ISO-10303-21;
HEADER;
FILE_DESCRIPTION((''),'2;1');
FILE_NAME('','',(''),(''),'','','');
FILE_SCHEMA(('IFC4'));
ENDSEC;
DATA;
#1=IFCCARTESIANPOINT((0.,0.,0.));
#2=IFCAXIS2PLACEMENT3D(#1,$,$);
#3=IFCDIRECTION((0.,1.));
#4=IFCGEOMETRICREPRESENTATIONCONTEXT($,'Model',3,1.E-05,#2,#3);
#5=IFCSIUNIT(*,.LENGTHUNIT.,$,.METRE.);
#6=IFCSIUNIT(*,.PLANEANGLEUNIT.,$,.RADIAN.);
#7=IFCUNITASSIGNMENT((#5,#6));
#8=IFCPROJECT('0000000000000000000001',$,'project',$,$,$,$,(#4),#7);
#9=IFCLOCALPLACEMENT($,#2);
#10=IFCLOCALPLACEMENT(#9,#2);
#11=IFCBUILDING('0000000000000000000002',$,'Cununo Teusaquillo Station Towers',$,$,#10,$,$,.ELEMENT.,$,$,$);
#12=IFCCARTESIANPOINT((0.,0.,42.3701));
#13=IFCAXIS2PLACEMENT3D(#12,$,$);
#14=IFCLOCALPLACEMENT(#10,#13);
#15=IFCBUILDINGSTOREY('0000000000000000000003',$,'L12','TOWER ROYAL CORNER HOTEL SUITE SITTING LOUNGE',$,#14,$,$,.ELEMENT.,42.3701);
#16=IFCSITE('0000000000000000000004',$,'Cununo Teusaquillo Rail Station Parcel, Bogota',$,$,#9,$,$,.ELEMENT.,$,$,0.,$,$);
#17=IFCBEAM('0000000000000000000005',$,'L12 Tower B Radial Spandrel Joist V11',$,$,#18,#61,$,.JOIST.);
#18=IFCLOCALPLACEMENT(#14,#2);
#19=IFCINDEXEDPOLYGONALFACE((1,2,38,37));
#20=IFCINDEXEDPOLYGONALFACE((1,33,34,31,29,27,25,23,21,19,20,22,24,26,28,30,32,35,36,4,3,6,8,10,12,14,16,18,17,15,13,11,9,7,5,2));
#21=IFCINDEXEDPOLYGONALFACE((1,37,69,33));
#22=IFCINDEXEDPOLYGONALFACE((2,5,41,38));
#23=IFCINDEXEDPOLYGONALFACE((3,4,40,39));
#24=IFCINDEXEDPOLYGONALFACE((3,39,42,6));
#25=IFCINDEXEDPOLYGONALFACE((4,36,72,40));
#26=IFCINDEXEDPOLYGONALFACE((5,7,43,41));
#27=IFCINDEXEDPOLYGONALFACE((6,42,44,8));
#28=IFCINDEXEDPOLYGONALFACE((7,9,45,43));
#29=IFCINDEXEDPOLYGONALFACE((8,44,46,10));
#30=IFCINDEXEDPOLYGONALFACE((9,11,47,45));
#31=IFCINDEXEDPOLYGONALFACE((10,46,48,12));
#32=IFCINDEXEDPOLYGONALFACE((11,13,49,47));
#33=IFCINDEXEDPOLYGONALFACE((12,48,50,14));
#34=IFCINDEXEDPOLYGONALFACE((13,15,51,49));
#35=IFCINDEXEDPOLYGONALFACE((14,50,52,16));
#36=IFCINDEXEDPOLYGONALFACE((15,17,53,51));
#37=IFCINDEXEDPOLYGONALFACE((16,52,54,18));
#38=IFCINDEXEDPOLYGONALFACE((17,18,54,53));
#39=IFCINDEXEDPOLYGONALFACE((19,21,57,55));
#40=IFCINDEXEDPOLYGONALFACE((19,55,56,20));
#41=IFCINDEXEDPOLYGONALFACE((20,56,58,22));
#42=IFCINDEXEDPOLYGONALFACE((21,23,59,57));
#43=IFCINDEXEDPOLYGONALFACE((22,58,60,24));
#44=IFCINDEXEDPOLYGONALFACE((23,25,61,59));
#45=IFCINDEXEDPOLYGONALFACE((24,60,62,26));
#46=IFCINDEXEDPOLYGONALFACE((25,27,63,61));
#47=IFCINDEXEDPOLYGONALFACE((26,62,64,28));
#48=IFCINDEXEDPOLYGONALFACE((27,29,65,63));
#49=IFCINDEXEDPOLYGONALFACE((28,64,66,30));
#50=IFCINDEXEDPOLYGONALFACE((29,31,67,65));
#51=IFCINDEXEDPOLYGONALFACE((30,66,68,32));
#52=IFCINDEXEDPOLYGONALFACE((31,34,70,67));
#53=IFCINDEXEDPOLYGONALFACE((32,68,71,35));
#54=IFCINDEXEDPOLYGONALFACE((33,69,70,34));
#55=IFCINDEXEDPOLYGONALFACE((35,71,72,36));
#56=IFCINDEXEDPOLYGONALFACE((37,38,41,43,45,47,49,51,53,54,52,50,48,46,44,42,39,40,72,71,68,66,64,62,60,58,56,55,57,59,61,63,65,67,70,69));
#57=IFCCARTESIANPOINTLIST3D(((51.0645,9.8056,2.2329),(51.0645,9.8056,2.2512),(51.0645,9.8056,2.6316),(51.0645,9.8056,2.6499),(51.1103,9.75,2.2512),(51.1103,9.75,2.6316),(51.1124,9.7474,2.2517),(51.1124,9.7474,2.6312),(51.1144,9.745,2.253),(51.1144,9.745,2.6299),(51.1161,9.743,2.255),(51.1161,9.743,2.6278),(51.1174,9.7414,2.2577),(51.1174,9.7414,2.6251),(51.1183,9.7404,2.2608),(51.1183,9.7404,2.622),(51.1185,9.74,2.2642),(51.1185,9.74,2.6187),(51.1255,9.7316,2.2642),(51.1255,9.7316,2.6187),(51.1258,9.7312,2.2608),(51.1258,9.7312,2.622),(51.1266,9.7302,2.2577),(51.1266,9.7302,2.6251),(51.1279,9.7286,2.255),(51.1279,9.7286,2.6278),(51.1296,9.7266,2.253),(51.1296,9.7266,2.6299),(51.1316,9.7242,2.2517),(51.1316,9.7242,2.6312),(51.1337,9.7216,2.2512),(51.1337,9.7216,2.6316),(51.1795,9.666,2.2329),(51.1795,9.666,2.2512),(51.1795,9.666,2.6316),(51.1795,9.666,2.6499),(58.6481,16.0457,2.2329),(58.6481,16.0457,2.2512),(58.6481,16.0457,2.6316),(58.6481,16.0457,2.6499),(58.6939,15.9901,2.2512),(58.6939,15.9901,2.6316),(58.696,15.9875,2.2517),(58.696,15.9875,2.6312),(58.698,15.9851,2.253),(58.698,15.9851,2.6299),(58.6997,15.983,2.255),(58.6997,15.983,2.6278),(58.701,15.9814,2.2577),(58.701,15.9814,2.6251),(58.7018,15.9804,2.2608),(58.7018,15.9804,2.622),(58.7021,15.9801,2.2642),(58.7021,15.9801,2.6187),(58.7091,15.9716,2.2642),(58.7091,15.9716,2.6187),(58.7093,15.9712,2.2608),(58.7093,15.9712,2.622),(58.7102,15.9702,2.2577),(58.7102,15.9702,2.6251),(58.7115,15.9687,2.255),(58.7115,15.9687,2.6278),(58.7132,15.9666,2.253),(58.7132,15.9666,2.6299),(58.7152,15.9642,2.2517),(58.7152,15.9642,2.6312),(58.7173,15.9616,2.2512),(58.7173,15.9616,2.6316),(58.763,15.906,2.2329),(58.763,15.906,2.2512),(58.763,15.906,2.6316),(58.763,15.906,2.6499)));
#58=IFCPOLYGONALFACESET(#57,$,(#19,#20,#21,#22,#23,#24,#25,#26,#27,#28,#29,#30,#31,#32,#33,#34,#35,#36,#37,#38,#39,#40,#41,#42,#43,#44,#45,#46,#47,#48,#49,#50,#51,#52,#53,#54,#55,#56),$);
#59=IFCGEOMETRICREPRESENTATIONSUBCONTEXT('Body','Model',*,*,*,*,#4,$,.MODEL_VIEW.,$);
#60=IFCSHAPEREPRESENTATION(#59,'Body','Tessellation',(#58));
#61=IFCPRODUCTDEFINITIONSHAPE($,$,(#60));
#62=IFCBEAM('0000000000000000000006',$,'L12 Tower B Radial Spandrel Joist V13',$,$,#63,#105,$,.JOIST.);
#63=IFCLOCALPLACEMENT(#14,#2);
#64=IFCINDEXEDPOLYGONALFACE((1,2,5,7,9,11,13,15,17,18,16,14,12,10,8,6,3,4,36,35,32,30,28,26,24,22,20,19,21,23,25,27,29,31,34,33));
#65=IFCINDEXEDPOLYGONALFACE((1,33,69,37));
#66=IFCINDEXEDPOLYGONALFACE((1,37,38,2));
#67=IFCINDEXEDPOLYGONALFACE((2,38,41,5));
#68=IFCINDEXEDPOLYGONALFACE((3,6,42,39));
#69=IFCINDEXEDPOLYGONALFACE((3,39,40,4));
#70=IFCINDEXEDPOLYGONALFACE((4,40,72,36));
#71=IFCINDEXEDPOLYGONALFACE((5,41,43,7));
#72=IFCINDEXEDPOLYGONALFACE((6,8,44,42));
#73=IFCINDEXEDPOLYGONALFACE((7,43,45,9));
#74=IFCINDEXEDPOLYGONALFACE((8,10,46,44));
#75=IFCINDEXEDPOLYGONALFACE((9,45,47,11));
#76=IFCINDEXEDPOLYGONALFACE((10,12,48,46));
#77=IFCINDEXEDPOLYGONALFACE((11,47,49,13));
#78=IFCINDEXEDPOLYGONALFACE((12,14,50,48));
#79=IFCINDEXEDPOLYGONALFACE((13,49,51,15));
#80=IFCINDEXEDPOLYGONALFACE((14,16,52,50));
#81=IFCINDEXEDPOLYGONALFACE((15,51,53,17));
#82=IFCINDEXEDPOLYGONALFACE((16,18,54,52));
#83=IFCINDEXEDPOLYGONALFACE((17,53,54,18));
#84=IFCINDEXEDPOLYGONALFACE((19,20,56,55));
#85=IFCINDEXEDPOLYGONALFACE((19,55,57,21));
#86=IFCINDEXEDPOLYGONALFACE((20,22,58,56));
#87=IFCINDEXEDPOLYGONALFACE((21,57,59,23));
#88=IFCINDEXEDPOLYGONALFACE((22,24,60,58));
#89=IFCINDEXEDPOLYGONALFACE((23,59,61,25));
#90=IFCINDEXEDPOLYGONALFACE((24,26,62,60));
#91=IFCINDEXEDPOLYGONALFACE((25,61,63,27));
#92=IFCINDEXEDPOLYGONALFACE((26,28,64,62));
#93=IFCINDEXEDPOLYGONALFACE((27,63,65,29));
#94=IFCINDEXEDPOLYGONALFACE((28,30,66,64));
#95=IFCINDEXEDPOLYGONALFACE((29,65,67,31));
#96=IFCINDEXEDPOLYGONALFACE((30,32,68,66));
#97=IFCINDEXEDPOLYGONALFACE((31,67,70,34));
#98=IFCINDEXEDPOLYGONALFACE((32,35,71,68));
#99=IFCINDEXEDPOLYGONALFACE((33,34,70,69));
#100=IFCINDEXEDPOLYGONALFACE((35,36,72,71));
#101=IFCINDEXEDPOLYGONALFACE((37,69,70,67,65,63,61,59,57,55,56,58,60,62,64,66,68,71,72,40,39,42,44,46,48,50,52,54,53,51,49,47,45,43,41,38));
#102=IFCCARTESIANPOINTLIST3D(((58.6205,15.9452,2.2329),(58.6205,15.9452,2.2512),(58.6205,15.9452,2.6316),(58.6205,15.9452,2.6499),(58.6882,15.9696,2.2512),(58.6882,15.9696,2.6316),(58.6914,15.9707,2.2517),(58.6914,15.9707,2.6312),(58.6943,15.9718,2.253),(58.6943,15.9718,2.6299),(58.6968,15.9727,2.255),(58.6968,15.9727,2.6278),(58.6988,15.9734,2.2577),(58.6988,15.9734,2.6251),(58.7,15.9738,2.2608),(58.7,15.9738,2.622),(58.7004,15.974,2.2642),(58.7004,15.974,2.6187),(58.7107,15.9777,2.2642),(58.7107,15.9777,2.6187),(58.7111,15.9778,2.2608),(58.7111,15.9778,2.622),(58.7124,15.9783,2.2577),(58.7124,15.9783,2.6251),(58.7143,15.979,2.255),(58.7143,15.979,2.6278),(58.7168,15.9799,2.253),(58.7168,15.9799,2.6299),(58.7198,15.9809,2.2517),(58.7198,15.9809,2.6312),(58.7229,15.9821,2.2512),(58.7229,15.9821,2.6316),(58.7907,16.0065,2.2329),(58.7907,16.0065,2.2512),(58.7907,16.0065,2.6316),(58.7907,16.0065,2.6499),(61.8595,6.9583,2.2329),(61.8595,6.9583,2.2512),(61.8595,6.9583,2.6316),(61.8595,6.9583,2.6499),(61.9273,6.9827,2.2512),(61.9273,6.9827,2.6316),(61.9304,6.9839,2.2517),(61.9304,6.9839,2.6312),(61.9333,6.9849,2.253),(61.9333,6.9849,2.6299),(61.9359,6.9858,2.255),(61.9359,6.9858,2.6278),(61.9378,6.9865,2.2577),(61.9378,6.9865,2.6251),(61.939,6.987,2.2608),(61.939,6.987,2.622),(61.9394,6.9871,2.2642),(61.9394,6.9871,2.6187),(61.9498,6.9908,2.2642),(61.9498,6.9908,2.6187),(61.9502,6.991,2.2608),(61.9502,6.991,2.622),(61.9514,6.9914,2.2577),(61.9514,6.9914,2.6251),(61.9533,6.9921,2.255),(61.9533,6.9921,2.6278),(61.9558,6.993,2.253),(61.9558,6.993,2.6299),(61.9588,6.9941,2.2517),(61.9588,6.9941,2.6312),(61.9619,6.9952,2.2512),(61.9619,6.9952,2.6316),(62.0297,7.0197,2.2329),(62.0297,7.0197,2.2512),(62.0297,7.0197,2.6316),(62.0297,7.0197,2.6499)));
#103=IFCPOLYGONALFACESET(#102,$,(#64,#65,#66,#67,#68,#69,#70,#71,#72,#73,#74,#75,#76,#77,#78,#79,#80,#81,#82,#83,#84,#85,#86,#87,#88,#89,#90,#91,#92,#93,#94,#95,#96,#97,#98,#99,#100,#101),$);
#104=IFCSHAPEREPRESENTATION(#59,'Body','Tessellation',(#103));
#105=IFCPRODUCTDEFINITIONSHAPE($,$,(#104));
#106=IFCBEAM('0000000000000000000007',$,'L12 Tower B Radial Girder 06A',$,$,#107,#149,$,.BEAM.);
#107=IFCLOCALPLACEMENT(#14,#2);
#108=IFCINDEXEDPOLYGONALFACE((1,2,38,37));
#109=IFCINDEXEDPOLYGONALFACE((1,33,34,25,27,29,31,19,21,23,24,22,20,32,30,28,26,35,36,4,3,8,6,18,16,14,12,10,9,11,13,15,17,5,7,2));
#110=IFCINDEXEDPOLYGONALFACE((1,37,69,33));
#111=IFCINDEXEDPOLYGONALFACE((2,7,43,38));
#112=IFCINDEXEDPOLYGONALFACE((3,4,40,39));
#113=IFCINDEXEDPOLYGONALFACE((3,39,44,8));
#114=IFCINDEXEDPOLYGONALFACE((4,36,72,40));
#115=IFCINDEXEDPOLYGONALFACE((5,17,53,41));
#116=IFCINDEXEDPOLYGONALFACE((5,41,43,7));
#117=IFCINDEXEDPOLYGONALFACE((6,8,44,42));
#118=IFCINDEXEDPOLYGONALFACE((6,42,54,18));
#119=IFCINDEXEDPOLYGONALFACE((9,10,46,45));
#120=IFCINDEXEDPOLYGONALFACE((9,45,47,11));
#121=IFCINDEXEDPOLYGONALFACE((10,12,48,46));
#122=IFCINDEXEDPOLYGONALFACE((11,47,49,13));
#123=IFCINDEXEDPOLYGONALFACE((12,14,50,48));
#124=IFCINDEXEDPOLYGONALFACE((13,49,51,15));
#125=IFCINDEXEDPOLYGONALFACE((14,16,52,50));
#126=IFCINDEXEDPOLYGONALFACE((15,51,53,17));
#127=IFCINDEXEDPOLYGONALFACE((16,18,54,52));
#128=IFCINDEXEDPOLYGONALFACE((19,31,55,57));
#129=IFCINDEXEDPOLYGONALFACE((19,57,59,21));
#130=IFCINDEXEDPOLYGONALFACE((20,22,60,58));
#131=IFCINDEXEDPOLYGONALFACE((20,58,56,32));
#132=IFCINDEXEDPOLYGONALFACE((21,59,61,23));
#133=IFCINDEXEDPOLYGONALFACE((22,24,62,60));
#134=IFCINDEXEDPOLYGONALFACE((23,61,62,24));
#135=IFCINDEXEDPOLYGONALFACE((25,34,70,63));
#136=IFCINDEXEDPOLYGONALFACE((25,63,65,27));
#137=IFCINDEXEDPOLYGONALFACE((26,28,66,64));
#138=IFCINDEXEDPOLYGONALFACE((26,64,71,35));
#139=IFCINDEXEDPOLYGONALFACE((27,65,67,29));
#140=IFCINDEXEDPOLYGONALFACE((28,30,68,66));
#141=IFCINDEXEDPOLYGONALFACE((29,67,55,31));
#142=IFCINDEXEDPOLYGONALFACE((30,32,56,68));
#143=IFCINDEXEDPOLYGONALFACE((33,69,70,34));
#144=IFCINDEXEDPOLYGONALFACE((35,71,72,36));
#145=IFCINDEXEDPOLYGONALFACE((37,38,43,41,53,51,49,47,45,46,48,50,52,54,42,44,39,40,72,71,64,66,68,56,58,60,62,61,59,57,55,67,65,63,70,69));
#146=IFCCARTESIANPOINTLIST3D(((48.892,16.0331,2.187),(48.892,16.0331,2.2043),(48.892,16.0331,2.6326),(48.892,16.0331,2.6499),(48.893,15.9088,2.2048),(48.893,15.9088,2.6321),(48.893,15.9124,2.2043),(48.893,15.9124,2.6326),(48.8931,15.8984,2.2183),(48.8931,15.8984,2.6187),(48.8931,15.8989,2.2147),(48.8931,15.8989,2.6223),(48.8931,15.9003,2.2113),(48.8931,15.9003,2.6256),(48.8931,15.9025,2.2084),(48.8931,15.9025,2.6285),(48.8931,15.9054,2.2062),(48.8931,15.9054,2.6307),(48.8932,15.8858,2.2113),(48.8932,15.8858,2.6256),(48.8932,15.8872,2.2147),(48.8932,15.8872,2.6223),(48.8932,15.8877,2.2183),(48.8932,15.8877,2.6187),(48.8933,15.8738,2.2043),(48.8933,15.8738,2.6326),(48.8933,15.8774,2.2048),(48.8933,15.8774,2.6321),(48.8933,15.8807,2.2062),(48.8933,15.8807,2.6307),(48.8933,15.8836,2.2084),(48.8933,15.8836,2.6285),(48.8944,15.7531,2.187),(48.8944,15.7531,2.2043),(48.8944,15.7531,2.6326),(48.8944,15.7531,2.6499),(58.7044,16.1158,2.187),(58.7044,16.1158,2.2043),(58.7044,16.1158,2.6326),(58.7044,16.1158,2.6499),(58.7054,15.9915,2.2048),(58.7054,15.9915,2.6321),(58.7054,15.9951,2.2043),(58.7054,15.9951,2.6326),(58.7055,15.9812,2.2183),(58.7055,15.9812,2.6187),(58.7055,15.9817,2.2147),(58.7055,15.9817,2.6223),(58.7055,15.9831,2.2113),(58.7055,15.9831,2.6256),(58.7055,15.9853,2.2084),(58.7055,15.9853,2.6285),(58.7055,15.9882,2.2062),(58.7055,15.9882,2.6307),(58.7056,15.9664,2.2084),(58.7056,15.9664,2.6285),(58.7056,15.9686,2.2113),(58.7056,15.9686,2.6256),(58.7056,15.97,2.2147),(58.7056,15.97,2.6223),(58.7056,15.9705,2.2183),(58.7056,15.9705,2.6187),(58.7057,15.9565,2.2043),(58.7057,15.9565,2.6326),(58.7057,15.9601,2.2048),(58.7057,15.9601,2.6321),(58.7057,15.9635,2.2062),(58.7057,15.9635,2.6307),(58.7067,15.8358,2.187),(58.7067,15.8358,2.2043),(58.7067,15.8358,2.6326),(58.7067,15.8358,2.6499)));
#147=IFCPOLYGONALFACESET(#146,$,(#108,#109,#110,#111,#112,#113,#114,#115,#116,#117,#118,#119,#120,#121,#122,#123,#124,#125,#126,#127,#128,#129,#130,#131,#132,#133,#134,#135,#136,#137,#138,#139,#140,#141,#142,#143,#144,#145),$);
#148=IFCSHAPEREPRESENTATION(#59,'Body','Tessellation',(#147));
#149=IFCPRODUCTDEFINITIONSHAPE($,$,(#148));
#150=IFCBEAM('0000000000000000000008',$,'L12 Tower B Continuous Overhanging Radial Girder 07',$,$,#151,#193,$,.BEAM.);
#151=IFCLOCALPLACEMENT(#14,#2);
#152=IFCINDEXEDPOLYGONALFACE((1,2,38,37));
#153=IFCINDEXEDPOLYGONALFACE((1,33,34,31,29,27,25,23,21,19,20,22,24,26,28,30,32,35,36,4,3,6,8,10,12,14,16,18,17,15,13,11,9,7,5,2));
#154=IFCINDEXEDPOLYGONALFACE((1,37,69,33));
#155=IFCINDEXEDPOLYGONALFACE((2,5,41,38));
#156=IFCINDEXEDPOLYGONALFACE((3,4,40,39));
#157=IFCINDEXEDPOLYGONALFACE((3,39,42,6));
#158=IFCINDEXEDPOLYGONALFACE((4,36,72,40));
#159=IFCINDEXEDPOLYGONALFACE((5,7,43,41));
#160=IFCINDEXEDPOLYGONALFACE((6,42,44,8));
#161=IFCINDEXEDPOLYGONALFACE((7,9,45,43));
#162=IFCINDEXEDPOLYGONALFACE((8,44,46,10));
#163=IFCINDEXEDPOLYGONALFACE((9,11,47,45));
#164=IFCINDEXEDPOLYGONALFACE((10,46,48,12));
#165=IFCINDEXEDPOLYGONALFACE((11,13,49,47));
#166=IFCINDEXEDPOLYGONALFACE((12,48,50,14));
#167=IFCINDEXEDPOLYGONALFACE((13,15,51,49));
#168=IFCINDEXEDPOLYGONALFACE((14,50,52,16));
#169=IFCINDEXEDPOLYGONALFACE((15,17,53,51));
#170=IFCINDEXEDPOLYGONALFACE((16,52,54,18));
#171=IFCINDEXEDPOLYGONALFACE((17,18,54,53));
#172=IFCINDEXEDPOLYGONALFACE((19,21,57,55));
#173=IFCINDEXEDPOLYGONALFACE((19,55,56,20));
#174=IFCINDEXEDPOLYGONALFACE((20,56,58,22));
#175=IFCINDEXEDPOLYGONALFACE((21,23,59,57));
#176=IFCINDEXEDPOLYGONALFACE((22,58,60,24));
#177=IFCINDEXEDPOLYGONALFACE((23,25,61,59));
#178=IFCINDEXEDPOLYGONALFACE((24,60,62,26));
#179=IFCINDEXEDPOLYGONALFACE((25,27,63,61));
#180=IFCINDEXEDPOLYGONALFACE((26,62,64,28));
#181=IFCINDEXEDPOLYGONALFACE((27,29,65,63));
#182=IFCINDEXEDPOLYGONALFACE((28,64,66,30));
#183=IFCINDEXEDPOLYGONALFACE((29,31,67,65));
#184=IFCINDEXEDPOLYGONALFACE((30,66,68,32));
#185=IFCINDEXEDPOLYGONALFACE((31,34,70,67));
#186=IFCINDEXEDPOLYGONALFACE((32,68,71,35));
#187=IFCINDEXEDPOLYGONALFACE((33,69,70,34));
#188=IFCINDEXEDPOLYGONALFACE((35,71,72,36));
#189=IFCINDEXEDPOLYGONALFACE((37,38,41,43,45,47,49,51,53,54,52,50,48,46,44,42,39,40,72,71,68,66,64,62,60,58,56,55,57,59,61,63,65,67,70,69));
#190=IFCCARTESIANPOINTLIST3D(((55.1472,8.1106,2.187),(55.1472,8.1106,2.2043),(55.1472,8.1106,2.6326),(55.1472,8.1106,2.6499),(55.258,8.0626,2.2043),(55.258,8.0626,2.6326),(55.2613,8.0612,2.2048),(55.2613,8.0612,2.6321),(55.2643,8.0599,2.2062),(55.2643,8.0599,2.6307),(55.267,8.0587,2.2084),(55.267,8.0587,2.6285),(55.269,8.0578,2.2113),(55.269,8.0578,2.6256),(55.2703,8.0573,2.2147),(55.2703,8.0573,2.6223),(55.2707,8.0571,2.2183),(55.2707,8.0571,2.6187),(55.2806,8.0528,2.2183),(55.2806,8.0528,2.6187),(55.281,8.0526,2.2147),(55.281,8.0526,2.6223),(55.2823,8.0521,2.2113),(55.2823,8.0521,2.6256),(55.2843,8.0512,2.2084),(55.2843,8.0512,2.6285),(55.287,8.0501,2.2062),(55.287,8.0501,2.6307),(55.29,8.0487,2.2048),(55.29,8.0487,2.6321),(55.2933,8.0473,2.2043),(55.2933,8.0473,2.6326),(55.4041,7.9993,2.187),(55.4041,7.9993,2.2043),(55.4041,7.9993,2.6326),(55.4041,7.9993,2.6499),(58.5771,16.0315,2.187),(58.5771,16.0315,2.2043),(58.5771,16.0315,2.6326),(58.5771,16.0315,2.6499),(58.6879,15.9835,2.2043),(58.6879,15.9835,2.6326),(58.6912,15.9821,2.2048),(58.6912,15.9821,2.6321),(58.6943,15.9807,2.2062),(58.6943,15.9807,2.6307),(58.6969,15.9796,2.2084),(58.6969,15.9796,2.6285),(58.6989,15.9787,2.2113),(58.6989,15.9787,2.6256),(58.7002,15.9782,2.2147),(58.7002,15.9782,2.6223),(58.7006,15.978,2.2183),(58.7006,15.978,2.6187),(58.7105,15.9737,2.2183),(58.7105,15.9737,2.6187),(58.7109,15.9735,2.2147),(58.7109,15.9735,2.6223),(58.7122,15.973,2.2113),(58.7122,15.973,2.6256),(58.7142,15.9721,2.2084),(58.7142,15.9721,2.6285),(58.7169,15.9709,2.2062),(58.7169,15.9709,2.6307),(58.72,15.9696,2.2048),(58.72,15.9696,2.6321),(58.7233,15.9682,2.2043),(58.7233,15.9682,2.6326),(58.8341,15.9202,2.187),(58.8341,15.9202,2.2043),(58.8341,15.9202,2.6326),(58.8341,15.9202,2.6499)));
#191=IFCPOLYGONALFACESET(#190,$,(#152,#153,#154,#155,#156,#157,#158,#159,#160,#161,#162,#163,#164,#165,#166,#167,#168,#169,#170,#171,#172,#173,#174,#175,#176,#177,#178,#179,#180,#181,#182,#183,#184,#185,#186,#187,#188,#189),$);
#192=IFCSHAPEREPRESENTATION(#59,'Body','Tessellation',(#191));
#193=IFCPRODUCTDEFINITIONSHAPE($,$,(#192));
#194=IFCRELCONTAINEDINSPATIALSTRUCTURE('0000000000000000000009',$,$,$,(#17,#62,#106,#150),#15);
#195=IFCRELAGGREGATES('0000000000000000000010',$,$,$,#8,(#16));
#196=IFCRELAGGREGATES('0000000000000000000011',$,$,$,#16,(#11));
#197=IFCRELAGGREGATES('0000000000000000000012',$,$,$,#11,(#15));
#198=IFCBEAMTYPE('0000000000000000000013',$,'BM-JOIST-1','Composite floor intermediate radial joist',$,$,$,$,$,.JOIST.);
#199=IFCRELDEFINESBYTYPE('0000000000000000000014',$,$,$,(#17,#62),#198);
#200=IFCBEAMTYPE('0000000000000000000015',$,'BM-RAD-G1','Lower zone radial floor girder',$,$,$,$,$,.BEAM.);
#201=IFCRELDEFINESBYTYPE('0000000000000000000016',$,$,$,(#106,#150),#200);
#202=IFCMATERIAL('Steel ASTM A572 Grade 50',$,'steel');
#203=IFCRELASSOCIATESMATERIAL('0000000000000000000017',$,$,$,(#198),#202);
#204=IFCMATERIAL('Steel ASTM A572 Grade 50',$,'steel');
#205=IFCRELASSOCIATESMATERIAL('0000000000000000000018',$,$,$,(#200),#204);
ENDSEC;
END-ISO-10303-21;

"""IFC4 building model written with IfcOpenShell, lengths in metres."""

from ifc_helpers import new_model, si_unit, direction, frame, origin, origin_2d, place, context, subcontext, project, spatial, i_section, extrude, material, material_profile, profile_set, type_object, element, save


model = new_model("IFC4")

# Units and contexts
model_context = context("Model", 3, precision=1e-05, world=origin(), true_north=direction((0.0, 1.0)))
body_context = subcontext(model_context, "Body", "Model", "MODEL_VIEW")
ifc_project = project(units=[si_unit("LENGTHUNIT", "METRE"), si_unit("PLANEANGLEUNIT", "RADIAN")], contexts=[model_context])

# Site, building, storey
site_placement = place(None, origin())
site = spatial("IfcSite", under=ifc_project, at=site_placement, Name="Cununo Teusaquillo Rail Station Parcel, Bogota", CompositionType="ELEMENT", RefElevation=0.0)
building_placement = place(site_placement, origin())
building = spatial("IfcBuilding", under=site, at=building_placement, Name="Cununo Teusaquillo Station Towers", CompositionType="ELEMENT")
storey_placement = place(building_placement, frame((0.0, 0.0, 42.3701)))
storey = spatial("IfcBuildingStorey", under=building, at=storey_placement, Name="L12", Description="TOWER ROYAL CORNER HOTEL SUITE SITTING LOUNGE", CompositionType="ELEMENT", Elevation=42.3701)

# Beams
ifc_material_1 = material(Name="Steel ASTM A572 Grade 50", Category="steel")
ifc_material_profile_1 = material_profile(ifc_material_1, i_section(OverallWidth=0.1809, OverallDepth=0.417, WebThickness=0.011, FlangeThickness=0.0183, FilletRadius=0.0129, at=origin_2d()), Name="W16X57")
ifc_profile_set_1 = profile_set([ifc_material_profile_1], Name="Steel ASTM A572 Grade 50")
beam_type_1 = type_object("IfcBeamType", Name="BM-JOIST-1", Description="Composite floor intermediate radial joist", PredefinedType="JOIST", material=ifc_profile_set_1)
beam_1_placement = place(storey_placement, frame((58.7056, 15.9758, 2.4414), z_axis=(-0.772192, -0.635389, 0.0), x_axis=(0.635389, -0.772192, 0.0)))
element("IfcBeam", 1, at=beam_1_placement, inside=storey, type_object=beam_type_1, Name="L12 Tower B Radial Spandrel Joist V11", PredefinedType="JOIST", context=body_context, shape_type="SweptSolid", body=[
    extrude(i_section(OverallWidth=0.1809, OverallDepth=0.417, WebThickness=0.011, FlangeThickness=0.0183, FilletRadius=0.0129, at=origin_2d()), origin(), (0.0, 0.0, 1.0), 9.8208),
])
beam_2_placement = place(storey_placement, frame((58.7056, 15.9758, 2.4414), z_axis=(0.339068, -0.940762, 0.0), x_axis=(0.940762, 0.339068, 0.0)))
element("IfcBeam", 2, at=beam_2_placement, inside=storey, type_object=beam_type_1, Name="L12 Tower B Radial Spandrel Joist V13", PredefinedType="JOIST", context=body_context, shape_type="SweptSolid", body=[
    extrude(i_section(OverallWidth=0.1809, OverallDepth=0.417, WebThickness=0.011, FlangeThickness=0.0183, FilletRadius=0.0129, at=origin_2d()), origin(), (0.0, 0.0, 1.0), 9.5527),
])
ifc_material_2 = material(Name="Steel ASTM A572 Grade 50", Category="steel")
ifc_material_profile_2 = material_profile(ifc_material_2, i_section(OverallWidth=0.28, OverallDepth=0.4629, WebThickness=0.0107, FlangeThickness=0.0173, FilletRadius=0.0139, at=origin_2d()), Name="W18X76")
ifc_profile_set_2 = profile_set([ifc_material_profile_2], Name="Steel ASTM A572 Grade 50")
beam_type_2 = type_object("IfcBeamType", Name="BM-RAD-G1", Description="Lower zone radial floor girder", PredefinedType="BEAM", material=ifc_profile_set_2)
beam_3_placement = place(storey_placement, frame((58.7056, 15.9758, 2.4185), z_axis=(-0.999964, -0.008434, 0.0), x_axis=(0.008434, -0.999964, 0.0)))
element("IfcBeam", 3, at=beam_3_placement, inside=storey, type_object=beam_type_2, Name="L12 Tower B Radial Girder 06A", PredefinedType="BEAM", context=body_context, shape_type="SweptSolid", body=[
    extrude(i_section(OverallWidth=0.28, OverallDepth=0.4629, WebThickness=0.0107, FlangeThickness=0.0173, FilletRadius=0.0139, at=origin_2d()), origin(), (0.0, 0.0, 1.0), 9.8127),
])
beam_4_placement = place(storey_placement, frame((58.7056, 15.9758, 2.4185), z_axis=(-0.397368, -0.917659, 0.0), x_axis=(0.917659, -0.397368, 0.0)))
element("IfcBeam", 4, at=beam_4_placement, inside=storey, type_object=beam_type_2, Name="L12 Tower B Continuous Overhanging Radial Girder 07", PredefinedType="BEAM", context=body_context, shape_type="SweptSolid", body=[
    extrude(i_section(OverallWidth=0.28, OverallDepth=0.4629, WebThickness=0.0107, FlangeThickness=0.0173, FilletRadius=0.0139, at=origin_2d()), origin(), (0.0, 0.0, 1.0), 8.6316),
])

save(model, "model.ifc")
